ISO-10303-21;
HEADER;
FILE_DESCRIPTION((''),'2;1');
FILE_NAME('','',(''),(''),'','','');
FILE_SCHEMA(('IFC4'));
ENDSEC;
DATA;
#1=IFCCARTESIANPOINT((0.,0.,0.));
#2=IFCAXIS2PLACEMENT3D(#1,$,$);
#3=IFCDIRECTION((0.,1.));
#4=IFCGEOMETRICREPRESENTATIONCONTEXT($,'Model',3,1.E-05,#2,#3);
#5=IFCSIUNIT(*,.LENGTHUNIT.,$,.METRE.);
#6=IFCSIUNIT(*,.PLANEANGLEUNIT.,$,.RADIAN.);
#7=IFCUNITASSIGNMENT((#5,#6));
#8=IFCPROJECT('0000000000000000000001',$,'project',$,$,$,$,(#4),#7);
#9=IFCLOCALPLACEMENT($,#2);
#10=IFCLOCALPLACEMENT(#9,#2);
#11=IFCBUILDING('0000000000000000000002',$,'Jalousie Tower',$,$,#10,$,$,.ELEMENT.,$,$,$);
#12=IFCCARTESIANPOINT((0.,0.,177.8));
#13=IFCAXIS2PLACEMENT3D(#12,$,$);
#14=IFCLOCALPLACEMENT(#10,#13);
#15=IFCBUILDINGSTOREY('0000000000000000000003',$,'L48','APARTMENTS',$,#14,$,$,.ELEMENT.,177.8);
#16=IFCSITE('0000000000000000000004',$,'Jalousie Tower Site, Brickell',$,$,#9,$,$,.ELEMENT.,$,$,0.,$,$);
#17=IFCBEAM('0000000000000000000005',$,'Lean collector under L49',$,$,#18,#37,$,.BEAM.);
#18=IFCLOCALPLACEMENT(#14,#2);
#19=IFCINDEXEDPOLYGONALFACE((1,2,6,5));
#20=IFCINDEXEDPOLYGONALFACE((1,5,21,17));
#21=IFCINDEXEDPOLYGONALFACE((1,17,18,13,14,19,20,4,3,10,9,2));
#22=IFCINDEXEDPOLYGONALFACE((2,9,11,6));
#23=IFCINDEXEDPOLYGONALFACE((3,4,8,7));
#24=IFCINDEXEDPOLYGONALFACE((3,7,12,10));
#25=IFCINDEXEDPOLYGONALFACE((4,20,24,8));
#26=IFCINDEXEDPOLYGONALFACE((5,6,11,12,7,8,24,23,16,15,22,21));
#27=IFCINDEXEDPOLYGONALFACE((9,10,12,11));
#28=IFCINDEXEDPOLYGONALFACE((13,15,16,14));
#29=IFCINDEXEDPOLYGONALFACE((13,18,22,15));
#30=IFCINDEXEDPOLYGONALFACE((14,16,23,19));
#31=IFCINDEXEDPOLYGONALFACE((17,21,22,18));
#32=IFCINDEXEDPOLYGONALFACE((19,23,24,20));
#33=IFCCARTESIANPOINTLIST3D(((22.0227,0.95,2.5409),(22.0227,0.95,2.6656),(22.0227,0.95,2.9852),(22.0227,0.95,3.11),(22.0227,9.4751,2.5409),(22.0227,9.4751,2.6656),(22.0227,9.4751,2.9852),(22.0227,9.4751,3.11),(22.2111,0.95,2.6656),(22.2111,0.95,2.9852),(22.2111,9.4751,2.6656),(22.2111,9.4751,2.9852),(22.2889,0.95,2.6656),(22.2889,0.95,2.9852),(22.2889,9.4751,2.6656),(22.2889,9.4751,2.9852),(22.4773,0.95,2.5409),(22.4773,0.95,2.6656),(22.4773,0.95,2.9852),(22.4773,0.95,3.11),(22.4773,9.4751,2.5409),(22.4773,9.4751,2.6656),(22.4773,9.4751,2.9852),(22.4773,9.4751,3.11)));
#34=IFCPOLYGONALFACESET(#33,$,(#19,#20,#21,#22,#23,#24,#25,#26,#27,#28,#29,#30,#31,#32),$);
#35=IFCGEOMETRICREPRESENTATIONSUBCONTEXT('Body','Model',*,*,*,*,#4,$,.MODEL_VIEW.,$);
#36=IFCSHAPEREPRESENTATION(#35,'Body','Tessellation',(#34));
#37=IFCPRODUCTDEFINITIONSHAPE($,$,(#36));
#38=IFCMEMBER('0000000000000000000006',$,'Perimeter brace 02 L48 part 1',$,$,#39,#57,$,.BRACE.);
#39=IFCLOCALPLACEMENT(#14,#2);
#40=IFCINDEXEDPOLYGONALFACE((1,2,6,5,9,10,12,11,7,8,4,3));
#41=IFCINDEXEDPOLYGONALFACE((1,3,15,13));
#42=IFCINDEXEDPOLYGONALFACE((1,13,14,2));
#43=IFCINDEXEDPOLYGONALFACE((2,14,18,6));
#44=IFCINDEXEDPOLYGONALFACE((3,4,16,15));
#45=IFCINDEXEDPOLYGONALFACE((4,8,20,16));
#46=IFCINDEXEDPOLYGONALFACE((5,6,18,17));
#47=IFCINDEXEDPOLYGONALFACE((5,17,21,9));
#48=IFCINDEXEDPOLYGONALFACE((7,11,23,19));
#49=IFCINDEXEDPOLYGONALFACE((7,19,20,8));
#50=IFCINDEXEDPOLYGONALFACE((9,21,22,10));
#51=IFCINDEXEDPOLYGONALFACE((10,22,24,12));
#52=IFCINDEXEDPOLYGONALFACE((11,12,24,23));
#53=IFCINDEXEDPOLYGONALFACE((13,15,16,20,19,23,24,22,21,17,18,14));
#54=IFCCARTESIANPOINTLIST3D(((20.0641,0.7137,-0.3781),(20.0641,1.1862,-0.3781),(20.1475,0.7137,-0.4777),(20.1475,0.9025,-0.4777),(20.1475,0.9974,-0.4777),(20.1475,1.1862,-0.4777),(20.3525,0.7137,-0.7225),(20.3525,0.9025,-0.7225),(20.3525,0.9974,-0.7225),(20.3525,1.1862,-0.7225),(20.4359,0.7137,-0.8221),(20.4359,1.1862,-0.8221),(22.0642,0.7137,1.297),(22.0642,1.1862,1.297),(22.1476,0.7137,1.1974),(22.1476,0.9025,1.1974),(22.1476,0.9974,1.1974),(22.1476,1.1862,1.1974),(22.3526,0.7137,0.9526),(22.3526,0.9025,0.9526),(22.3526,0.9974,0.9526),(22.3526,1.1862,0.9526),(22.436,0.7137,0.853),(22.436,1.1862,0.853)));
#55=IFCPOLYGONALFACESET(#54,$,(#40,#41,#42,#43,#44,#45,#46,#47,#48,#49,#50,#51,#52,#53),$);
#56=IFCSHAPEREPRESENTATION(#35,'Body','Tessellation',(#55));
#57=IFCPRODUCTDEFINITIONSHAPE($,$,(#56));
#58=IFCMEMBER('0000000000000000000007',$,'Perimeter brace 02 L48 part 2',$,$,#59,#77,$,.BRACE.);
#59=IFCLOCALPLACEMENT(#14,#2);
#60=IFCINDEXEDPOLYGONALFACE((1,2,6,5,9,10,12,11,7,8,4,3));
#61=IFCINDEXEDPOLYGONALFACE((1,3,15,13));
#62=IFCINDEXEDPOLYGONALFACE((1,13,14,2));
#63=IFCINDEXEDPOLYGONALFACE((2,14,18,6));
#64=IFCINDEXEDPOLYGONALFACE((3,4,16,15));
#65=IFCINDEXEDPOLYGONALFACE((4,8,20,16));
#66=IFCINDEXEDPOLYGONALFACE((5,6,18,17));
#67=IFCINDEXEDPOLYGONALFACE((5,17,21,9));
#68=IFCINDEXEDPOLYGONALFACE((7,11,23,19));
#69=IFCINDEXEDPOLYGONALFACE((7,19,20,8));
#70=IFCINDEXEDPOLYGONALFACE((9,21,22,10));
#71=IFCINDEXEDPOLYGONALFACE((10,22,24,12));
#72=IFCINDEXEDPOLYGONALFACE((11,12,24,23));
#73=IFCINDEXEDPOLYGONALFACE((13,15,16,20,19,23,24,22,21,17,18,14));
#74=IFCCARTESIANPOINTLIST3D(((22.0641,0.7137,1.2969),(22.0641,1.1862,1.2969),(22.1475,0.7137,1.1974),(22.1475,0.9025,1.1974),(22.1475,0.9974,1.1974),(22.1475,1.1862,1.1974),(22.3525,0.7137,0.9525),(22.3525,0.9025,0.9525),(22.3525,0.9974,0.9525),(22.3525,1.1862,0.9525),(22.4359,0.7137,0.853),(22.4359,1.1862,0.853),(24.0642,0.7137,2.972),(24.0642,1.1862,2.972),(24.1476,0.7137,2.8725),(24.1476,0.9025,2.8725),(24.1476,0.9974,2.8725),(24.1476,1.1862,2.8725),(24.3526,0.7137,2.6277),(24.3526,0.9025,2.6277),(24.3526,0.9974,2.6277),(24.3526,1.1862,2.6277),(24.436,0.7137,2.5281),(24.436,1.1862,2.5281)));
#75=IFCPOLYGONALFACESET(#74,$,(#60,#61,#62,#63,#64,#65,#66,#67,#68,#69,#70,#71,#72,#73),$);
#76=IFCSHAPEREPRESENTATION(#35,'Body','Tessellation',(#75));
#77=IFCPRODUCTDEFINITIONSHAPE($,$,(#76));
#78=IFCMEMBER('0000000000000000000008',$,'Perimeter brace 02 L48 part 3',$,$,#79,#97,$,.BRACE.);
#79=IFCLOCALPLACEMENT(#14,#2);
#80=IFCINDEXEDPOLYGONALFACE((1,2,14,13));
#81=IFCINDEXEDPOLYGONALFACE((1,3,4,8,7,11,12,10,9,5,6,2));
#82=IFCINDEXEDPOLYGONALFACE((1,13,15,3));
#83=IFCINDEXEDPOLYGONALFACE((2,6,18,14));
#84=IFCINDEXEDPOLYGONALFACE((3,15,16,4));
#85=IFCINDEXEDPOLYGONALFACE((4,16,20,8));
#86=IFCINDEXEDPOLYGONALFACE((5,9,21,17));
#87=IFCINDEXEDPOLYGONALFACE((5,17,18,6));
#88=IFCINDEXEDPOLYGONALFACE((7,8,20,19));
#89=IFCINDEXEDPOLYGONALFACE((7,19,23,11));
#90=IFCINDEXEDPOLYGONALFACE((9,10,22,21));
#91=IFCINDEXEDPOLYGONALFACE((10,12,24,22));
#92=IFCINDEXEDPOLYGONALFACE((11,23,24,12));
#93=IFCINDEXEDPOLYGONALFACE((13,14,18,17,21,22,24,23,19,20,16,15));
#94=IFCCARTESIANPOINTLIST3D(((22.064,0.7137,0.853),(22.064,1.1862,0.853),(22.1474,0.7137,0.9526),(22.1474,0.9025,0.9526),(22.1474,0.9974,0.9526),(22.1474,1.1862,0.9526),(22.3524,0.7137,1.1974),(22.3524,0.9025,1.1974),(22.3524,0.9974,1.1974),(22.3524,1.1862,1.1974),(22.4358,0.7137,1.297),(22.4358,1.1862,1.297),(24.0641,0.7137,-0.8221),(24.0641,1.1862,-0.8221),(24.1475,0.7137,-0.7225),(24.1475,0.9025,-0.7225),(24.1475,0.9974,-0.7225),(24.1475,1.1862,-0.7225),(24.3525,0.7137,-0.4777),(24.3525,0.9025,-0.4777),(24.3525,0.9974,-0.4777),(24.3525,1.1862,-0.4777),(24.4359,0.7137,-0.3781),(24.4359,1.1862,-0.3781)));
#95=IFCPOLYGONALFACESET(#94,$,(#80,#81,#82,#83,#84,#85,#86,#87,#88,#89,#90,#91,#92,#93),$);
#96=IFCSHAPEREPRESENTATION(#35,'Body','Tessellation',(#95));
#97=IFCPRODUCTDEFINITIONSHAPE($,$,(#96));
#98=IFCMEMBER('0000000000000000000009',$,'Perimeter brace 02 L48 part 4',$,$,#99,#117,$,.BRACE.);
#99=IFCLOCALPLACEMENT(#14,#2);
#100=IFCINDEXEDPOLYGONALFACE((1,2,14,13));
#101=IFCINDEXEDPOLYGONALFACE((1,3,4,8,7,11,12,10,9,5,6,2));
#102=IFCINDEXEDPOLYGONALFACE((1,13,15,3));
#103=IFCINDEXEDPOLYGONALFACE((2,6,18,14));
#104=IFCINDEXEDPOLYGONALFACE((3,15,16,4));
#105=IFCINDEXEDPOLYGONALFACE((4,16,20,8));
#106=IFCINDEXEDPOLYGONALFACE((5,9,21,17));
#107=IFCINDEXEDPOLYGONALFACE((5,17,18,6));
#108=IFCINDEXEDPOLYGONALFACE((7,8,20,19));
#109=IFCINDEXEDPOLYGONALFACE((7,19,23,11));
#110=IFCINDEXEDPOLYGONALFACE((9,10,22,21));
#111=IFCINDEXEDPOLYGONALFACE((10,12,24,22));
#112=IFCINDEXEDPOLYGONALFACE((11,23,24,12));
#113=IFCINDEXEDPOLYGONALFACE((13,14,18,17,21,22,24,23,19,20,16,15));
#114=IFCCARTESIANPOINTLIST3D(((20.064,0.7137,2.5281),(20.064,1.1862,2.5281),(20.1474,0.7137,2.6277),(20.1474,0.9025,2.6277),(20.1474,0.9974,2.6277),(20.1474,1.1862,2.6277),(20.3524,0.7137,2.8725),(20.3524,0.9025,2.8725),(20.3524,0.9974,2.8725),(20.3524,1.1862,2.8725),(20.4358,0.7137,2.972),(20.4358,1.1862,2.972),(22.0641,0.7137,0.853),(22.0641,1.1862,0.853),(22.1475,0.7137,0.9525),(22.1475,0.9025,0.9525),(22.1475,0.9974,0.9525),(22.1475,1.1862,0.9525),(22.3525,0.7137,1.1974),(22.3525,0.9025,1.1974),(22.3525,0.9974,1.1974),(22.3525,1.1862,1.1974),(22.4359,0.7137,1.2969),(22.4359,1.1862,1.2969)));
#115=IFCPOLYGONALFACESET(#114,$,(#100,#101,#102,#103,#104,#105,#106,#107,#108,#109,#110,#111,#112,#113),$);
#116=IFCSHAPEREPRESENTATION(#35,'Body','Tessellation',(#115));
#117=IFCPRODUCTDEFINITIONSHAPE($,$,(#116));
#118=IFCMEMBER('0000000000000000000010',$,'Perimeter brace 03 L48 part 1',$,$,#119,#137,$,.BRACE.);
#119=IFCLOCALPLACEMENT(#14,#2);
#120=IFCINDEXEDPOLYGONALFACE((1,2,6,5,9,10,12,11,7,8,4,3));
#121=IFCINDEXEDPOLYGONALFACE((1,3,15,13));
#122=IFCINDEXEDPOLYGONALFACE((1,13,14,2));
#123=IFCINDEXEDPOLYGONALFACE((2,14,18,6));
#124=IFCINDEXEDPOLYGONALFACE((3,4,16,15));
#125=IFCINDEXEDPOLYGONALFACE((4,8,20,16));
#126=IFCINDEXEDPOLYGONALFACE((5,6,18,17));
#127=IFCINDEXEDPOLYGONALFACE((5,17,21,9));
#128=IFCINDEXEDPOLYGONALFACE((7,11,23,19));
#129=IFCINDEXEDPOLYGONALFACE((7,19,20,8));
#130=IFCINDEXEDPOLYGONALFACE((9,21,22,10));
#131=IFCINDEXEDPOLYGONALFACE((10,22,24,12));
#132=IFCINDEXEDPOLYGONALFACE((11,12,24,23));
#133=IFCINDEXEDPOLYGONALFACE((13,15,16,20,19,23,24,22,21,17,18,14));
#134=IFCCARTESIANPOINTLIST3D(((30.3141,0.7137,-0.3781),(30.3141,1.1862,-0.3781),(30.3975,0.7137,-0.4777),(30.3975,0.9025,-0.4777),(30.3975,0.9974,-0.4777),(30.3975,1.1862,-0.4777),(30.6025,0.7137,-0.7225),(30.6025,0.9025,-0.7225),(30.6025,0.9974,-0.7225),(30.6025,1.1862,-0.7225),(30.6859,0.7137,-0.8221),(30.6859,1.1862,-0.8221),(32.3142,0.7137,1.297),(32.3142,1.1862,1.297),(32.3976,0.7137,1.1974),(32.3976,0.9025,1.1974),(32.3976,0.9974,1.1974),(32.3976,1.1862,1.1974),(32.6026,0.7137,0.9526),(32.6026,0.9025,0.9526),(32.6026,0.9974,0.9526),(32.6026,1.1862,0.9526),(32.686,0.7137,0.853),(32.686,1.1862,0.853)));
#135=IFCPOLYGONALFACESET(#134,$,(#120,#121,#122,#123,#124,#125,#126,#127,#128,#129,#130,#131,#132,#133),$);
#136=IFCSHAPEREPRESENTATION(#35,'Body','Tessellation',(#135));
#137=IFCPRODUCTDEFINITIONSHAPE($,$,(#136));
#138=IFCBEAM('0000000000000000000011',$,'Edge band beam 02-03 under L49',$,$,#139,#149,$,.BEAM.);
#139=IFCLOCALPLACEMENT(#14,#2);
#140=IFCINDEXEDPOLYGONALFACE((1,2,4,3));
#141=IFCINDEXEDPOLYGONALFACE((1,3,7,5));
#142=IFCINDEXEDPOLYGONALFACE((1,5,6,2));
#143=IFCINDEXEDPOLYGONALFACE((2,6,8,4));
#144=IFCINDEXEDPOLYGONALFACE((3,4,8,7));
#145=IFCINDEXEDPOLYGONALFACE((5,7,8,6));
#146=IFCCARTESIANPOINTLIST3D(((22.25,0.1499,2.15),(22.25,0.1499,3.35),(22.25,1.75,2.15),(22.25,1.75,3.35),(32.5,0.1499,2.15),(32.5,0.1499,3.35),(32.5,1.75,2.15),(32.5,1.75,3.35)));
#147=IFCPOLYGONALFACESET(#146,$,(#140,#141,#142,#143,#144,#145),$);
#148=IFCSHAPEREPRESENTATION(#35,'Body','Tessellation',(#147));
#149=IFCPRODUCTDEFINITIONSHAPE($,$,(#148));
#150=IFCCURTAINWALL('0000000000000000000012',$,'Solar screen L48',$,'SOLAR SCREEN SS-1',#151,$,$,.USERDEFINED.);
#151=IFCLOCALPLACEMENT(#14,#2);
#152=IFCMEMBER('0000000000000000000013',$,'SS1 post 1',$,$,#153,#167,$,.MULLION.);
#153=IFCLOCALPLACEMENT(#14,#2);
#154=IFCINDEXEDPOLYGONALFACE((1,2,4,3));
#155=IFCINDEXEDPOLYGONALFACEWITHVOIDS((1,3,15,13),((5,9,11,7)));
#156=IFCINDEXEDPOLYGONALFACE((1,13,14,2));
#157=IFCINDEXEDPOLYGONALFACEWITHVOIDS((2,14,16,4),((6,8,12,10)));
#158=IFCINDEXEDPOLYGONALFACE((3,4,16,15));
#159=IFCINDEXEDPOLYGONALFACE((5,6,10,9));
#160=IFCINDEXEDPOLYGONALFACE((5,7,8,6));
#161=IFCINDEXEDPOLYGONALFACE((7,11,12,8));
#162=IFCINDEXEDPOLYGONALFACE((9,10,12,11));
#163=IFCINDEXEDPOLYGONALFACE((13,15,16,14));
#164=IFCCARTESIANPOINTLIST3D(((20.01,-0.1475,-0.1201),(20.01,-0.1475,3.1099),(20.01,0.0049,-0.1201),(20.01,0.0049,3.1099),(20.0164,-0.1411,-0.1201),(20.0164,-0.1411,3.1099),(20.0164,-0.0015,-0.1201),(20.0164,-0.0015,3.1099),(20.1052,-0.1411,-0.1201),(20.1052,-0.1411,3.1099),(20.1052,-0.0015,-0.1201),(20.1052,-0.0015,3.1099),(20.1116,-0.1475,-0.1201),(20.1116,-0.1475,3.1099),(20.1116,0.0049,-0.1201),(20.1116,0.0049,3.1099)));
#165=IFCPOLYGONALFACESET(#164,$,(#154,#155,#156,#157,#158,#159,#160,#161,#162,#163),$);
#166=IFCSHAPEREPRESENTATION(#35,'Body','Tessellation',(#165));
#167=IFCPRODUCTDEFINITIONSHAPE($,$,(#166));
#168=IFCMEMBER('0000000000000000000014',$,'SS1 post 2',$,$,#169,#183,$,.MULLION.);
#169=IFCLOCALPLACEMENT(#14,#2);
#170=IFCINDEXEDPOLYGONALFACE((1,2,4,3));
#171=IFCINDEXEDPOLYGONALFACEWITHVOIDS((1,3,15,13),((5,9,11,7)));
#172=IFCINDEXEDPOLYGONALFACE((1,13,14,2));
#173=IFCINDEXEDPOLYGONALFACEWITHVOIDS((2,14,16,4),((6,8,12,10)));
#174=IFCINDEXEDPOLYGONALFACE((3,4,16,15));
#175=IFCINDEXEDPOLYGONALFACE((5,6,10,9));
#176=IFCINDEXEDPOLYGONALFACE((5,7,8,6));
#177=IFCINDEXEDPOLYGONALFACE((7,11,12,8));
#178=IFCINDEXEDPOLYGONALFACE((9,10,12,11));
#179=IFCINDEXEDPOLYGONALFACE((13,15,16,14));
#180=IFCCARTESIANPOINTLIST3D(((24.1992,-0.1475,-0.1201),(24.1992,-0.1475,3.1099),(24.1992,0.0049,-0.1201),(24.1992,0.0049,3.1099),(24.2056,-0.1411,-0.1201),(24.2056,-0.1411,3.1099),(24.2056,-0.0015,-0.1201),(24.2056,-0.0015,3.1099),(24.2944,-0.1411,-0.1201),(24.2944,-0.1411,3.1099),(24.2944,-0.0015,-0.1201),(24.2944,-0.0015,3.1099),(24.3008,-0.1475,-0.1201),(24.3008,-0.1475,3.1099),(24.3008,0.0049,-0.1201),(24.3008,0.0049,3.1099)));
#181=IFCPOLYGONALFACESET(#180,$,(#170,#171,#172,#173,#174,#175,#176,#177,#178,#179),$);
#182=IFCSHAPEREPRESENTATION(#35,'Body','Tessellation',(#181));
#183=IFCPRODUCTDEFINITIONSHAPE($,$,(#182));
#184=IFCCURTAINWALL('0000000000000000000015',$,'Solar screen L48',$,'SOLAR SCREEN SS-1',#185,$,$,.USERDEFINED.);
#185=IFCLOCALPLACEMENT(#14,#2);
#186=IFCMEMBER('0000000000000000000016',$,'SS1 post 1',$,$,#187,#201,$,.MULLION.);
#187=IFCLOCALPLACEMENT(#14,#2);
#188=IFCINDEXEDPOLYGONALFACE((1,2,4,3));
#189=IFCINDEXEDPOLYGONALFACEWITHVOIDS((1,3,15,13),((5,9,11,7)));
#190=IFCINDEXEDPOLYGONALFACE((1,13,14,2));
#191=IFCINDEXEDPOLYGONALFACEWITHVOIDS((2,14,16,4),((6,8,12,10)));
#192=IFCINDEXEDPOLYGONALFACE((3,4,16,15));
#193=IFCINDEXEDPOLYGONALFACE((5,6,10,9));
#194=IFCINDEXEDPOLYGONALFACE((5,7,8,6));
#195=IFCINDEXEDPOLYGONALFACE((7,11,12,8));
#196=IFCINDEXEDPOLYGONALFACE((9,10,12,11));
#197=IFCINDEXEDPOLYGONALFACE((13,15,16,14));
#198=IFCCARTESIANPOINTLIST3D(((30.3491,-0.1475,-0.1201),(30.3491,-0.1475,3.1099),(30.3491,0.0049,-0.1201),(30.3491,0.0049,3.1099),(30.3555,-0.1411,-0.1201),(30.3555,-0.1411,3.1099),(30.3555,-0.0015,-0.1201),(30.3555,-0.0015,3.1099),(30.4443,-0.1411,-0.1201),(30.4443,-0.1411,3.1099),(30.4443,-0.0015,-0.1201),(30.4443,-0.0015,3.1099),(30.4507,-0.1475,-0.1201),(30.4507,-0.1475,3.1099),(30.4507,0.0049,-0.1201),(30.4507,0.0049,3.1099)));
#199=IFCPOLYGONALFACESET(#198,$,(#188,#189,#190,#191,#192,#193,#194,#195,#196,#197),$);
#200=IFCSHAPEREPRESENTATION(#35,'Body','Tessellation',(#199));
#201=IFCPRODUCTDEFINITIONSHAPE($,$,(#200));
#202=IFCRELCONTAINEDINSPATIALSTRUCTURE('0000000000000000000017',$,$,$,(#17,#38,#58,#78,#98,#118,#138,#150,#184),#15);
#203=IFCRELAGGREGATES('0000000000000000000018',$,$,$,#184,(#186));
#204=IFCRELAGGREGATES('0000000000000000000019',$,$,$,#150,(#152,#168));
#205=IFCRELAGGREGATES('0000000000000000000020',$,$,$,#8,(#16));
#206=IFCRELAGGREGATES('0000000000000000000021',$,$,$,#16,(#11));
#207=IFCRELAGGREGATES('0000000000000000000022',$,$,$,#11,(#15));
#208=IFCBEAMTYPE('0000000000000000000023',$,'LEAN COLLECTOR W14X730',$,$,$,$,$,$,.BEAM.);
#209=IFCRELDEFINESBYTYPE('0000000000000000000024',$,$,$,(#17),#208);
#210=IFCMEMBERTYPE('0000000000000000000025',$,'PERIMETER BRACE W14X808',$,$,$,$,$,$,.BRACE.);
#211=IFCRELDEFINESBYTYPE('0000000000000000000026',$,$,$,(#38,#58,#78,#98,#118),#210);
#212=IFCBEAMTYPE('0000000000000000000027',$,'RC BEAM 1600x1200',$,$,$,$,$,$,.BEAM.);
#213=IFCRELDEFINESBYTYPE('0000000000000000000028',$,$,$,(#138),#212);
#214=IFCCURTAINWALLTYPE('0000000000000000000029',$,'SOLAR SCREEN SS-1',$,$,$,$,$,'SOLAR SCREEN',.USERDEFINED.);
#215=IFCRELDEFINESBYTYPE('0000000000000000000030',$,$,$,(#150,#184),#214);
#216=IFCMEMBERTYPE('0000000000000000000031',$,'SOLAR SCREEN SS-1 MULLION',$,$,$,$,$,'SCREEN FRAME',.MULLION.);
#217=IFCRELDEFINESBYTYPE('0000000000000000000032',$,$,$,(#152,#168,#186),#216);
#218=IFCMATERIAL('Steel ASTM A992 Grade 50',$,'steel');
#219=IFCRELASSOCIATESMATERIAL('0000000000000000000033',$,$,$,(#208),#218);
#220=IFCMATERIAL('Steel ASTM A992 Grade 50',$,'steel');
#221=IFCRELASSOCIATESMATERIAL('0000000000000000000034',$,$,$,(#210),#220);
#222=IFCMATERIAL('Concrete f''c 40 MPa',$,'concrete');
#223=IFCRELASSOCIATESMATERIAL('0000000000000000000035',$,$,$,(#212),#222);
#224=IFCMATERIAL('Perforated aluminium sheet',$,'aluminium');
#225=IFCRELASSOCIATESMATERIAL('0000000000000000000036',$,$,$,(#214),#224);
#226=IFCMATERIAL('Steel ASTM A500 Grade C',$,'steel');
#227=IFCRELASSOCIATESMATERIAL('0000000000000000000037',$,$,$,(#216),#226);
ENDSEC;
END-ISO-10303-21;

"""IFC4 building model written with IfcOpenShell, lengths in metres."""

from ifc_helpers import new_model, si_unit, direction, frame, origin, origin_2d, place, context, subcontext, project, spatial, rectangle, hollow_rectangle, i_section, extrude, material, material_profile, profile_set, type_object, element, aggregate, save


model = new_model("IFC4")

# Units and contexts
model_context = context("Model", 3, precision=1e-05, world=origin(), true_north=direction((0.0, 1.0)))
body_context = subcontext(model_context, "Body", "Model", "MODEL_VIEW")
ifc_project = project(units=[si_unit("LENGTHUNIT", "METRE"), si_unit("PLANEANGLEUNIT", "RADIAN")], contexts=[model_context])

# Site, building, storey
site_placement = place(None, origin())
site = spatial("IfcSite", under=ifc_project, at=site_placement, Name="Jalousie Tower Site, Brickell", CompositionType="ELEMENT", RefElevation=0.0)
building_placement = place(site_placement, origin())
building = spatial("IfcBuilding", under=site, at=building_placement, Name="Jalousie Tower", CompositionType="ELEMENT")
storey_placement = place(building_placement, frame((0.0, 0.0, 177.8)))
storey = spatial("IfcBuildingStorey", under=building, at=storey_placement, Name="L48", Description="APARTMENTS", CompositionType="ELEMENT", Elevation=177.8)

# Beam
ifc_material_1 = material(Name="Steel ASTM A992 Grade 50", Category="steel")
ifc_material_profile_1 = material_profile(ifc_material_1, i_section(OverallWidth=0.4546, OverallDepth=0.5691, WebThickness=0.0779, FlangeThickness=0.1248, at=origin_2d()), Name="W14X730")
ifc_profile_set_1 = profile_set([ifc_material_profile_1], Name="Steel ASTM A992 Grade 50")
beam_type_1 = type_object("IfcBeamType", Name="LEAN COLLECTOR W14X730", PredefinedType="BEAM", material=ifc_profile_set_1)
beam_1_placement = place(storey_placement, frame((22.25, 0.95, 2.8254), z_axis=(0.0, 1.0, 0.0), x_axis=(-1.0, 0.0, 0.0)))
element("IfcBeam", 1, at=beam_1_placement, inside=storey, type_object=beam_type_1, Name="Lean collector under L49", PredefinedType="BEAM", context=body_context, shape_type="SweptSolid", body=[
    extrude(i_section(OverallWidth=0.4546, OverallDepth=0.5691, WebThickness=0.0779, FlangeThickness=0.1248, at=origin_2d()), origin(), (0.0, 0.0, 1.0), 8.5251),
])

# Members
ifc_material_2 = material(Name="Steel ASTM A992 Grade 50", Category="steel")
ifc_material_profile_2 = material_profile(ifc_material_2, i_section(OverallWidth=0.4724, OverallDepth=0.5791, WebThickness=0.095, FlangeThickness=0.1299, at=origin_2d()), Name="W14X808")
ifc_profile_set_2 = profile_set([ifc_material_profile_2], Name="Steel ASTM A992 Grade 50")
member_type_1 = type_object("IfcMemberType", Name="PERIMETER BRACE W14X808", PredefinedType="BRACE", material=ifc_profile_set_2)
for number, where, z_axis, x_axis, name in (
    (2, (20.25, 0.95, -0.6001), (0.766639, 0.0, 0.642079), (0.0, 1.0, 0.0), "Perimeter brace 02 L48 part 1"),
    (3, (22.25, 0.95, 1.075), (0.766639, 0.0, 0.642079), (0.0, 1.0, 0.0), "Perimeter brace 02 L48 part 2"),
    (4, (24.25, 0.95, -0.6001), (-0.766639, 0.0, 0.642079), (0.0, -1.0, 0.0), "Perimeter brace 02 L48 part 3"),
    (5, (22.25, 0.95, 1.075), (-0.766639, 0.0, 0.642079), (0.0, -1.0, 0.0), "Perimeter brace 02 L48 part 4"),
    (6, (30.5, 0.95, -0.6001), (0.766639, 0.0, 0.642079), (0.0, 1.0, 0.0), "Perimeter brace 03 L48 part 1"),
):
    element("IfcMember", number, at=place(storey_placement, frame(where, z_axis=z_axis, x_axis=x_axis)), inside=storey, type_object=member_type_1, Name=name, PredefinedType="BRACE", context=body_context, shape_type="SweptSolid", body=[
        extrude(i_section(OverallWidth=0.4724, OverallDepth=0.5791, WebThickness=0.095, FlangeThickness=0.1299, at=origin_2d()), origin(), (0.0, 0.0, 1.0), 2.6089),
    ])

# Beam
ifc_material_3 = material(Name="Concrete f'c 40 MPa", Category="concrete")
ifc_material_profile_3 = material_profile(ifc_material_3, rectangle(XDim=1.6001, YDim=1.2, at=origin_2d()), Name="RC 1600x1200")
ifc_profile_set_3 = profile_set([ifc_material_profile_3], Name="Concrete f'c 40 MPa")
beam_type_2 = type_object("IfcBeamType", Name="RC BEAM 1600x1200", PredefinedType="BEAM", material=ifc_profile_set_3)
beam_2_placement = place(storey_placement, frame((22.25, 0.95, 2.75), z_axis=(1.0, 0.0, 0.0), x_axis=(0.0, 1.0, 0.0)))
element("IfcBeam", 7, at=beam_2_placement, inside=storey, type_object=beam_type_2, Name="Edge band beam 02-03 under L49", PredefinedType="BEAM", context=body_context, shape_type="SweptSolid", body=[
    extrude(rectangle(XDim=1.6001, YDim=1.2, at=origin_2d()), origin(), (0.0, 0.0, 1.0), 10.25),
])

# Curtain wall, members
ifc_material_4 = material(Name="Perforated aluminium sheet", Category="aluminium")
curtain_wall_type = type_object("IfcCurtainWallType", Name="SOLAR SCREEN SS-1", ElementType="SOLAR SCREEN", PredefinedType="USERDEFINED", material=ifc_material_4)
curtain_wall_1_placement = place(storey_placement, origin())
curtain_wall_1 = element("IfcCurtainWall", 8, at=curtain_wall_1_placement, inside=storey, type_object=curtain_wall_type, Name="Solar screen L48", ObjectType="SOLAR SCREEN SS-1", PredefinedType="USERDEFINED")
ifc_material_5 = material(Name="Steel ASTM A500 Grade C", Category="steel")
ifc_material_profile_4 = material_profile(ifc_material_5, hollow_rectangle(XDim=0.1016, YDim=0.1523, WallThickness=0.0063, at=origin_2d()), Name="HSS6X4X1/4")
ifc_profile_set_4 = profile_set([ifc_material_profile_4], Name="Steel ASTM A500 Grade C")
member_type_2 = type_object("IfcMemberType", Name="SOLAR SCREEN SS-1 MULLION", ElementType="SCREEN FRAME", PredefinedType="MULLION", material=ifc_profile_set_4)
member_1_placement = place(storey_placement, frame((20.0608, -0.0713, -0.1201), z_axis=(0.0, 0.0, 1.0), x_axis=(1.0, 0.0, 0.0)))
member_1 = element("IfcMember", 9, at=member_1_placement, type_object=member_type_2, Name="SS1 post 1", PredefinedType="MULLION", context=body_context, shape_type="SweptSolid", body=[
    extrude(hollow_rectangle(XDim=0.1016, YDim=0.1523, WallThickness=0.0063, at=origin_2d()), origin(), (0.0, 0.0, 1.0), 3.23),
])
member_2_placement = place(storey_placement, frame((24.25, -0.0713, -0.1201), z_axis=(0.0, 0.0, 1.0), x_axis=(1.0, 0.0, 0.0)))
member_2 = element("IfcMember", 10, at=member_2_placement, type_object=member_type_2, Name="SS1 post 2", PredefinedType="MULLION", context=body_context, shape_type="SweptSolid", body=[
    extrude(hollow_rectangle(XDim=0.1016, YDim=0.1523, WallThickness=0.0063, at=origin_2d()), origin(), (0.0, 0.0, 1.0), 3.23),
])

# Curtain wall, member
curtain_wall_2_placement = place(storey_placement, origin())
curtain_wall_2 = element("IfcCurtainWall", 11, at=curtain_wall_2_placement, inside=storey, type_object=curtain_wall_type, Name="Solar screen L48", ObjectType="SOLAR SCREEN SS-1", PredefinedType="USERDEFINED")
member_3_placement = place(storey_placement, frame((30.3999, -0.0713, -0.1201), z_axis=(0.0, 0.0, 1.0), x_axis=(1.0, 0.0, 0.0)))
member_3 = element("IfcMember", 12, at=member_3_placement, type_object=member_type_2, Name="SS1 post 1", PredefinedType="MULLION", context=body_context, shape_type="SweptSolid", body=[
    extrude(hollow_rectangle(XDim=0.1016, YDim=0.1523, WallThickness=0.0063, at=origin_2d()), origin(), (0.0, 0.0, 1.0), 3.23),
])

aggregate(curtain_wall_2, [member_3])

aggregate(curtain_wall_1, [member_1, member_2])

save(model, "model.ifc")
